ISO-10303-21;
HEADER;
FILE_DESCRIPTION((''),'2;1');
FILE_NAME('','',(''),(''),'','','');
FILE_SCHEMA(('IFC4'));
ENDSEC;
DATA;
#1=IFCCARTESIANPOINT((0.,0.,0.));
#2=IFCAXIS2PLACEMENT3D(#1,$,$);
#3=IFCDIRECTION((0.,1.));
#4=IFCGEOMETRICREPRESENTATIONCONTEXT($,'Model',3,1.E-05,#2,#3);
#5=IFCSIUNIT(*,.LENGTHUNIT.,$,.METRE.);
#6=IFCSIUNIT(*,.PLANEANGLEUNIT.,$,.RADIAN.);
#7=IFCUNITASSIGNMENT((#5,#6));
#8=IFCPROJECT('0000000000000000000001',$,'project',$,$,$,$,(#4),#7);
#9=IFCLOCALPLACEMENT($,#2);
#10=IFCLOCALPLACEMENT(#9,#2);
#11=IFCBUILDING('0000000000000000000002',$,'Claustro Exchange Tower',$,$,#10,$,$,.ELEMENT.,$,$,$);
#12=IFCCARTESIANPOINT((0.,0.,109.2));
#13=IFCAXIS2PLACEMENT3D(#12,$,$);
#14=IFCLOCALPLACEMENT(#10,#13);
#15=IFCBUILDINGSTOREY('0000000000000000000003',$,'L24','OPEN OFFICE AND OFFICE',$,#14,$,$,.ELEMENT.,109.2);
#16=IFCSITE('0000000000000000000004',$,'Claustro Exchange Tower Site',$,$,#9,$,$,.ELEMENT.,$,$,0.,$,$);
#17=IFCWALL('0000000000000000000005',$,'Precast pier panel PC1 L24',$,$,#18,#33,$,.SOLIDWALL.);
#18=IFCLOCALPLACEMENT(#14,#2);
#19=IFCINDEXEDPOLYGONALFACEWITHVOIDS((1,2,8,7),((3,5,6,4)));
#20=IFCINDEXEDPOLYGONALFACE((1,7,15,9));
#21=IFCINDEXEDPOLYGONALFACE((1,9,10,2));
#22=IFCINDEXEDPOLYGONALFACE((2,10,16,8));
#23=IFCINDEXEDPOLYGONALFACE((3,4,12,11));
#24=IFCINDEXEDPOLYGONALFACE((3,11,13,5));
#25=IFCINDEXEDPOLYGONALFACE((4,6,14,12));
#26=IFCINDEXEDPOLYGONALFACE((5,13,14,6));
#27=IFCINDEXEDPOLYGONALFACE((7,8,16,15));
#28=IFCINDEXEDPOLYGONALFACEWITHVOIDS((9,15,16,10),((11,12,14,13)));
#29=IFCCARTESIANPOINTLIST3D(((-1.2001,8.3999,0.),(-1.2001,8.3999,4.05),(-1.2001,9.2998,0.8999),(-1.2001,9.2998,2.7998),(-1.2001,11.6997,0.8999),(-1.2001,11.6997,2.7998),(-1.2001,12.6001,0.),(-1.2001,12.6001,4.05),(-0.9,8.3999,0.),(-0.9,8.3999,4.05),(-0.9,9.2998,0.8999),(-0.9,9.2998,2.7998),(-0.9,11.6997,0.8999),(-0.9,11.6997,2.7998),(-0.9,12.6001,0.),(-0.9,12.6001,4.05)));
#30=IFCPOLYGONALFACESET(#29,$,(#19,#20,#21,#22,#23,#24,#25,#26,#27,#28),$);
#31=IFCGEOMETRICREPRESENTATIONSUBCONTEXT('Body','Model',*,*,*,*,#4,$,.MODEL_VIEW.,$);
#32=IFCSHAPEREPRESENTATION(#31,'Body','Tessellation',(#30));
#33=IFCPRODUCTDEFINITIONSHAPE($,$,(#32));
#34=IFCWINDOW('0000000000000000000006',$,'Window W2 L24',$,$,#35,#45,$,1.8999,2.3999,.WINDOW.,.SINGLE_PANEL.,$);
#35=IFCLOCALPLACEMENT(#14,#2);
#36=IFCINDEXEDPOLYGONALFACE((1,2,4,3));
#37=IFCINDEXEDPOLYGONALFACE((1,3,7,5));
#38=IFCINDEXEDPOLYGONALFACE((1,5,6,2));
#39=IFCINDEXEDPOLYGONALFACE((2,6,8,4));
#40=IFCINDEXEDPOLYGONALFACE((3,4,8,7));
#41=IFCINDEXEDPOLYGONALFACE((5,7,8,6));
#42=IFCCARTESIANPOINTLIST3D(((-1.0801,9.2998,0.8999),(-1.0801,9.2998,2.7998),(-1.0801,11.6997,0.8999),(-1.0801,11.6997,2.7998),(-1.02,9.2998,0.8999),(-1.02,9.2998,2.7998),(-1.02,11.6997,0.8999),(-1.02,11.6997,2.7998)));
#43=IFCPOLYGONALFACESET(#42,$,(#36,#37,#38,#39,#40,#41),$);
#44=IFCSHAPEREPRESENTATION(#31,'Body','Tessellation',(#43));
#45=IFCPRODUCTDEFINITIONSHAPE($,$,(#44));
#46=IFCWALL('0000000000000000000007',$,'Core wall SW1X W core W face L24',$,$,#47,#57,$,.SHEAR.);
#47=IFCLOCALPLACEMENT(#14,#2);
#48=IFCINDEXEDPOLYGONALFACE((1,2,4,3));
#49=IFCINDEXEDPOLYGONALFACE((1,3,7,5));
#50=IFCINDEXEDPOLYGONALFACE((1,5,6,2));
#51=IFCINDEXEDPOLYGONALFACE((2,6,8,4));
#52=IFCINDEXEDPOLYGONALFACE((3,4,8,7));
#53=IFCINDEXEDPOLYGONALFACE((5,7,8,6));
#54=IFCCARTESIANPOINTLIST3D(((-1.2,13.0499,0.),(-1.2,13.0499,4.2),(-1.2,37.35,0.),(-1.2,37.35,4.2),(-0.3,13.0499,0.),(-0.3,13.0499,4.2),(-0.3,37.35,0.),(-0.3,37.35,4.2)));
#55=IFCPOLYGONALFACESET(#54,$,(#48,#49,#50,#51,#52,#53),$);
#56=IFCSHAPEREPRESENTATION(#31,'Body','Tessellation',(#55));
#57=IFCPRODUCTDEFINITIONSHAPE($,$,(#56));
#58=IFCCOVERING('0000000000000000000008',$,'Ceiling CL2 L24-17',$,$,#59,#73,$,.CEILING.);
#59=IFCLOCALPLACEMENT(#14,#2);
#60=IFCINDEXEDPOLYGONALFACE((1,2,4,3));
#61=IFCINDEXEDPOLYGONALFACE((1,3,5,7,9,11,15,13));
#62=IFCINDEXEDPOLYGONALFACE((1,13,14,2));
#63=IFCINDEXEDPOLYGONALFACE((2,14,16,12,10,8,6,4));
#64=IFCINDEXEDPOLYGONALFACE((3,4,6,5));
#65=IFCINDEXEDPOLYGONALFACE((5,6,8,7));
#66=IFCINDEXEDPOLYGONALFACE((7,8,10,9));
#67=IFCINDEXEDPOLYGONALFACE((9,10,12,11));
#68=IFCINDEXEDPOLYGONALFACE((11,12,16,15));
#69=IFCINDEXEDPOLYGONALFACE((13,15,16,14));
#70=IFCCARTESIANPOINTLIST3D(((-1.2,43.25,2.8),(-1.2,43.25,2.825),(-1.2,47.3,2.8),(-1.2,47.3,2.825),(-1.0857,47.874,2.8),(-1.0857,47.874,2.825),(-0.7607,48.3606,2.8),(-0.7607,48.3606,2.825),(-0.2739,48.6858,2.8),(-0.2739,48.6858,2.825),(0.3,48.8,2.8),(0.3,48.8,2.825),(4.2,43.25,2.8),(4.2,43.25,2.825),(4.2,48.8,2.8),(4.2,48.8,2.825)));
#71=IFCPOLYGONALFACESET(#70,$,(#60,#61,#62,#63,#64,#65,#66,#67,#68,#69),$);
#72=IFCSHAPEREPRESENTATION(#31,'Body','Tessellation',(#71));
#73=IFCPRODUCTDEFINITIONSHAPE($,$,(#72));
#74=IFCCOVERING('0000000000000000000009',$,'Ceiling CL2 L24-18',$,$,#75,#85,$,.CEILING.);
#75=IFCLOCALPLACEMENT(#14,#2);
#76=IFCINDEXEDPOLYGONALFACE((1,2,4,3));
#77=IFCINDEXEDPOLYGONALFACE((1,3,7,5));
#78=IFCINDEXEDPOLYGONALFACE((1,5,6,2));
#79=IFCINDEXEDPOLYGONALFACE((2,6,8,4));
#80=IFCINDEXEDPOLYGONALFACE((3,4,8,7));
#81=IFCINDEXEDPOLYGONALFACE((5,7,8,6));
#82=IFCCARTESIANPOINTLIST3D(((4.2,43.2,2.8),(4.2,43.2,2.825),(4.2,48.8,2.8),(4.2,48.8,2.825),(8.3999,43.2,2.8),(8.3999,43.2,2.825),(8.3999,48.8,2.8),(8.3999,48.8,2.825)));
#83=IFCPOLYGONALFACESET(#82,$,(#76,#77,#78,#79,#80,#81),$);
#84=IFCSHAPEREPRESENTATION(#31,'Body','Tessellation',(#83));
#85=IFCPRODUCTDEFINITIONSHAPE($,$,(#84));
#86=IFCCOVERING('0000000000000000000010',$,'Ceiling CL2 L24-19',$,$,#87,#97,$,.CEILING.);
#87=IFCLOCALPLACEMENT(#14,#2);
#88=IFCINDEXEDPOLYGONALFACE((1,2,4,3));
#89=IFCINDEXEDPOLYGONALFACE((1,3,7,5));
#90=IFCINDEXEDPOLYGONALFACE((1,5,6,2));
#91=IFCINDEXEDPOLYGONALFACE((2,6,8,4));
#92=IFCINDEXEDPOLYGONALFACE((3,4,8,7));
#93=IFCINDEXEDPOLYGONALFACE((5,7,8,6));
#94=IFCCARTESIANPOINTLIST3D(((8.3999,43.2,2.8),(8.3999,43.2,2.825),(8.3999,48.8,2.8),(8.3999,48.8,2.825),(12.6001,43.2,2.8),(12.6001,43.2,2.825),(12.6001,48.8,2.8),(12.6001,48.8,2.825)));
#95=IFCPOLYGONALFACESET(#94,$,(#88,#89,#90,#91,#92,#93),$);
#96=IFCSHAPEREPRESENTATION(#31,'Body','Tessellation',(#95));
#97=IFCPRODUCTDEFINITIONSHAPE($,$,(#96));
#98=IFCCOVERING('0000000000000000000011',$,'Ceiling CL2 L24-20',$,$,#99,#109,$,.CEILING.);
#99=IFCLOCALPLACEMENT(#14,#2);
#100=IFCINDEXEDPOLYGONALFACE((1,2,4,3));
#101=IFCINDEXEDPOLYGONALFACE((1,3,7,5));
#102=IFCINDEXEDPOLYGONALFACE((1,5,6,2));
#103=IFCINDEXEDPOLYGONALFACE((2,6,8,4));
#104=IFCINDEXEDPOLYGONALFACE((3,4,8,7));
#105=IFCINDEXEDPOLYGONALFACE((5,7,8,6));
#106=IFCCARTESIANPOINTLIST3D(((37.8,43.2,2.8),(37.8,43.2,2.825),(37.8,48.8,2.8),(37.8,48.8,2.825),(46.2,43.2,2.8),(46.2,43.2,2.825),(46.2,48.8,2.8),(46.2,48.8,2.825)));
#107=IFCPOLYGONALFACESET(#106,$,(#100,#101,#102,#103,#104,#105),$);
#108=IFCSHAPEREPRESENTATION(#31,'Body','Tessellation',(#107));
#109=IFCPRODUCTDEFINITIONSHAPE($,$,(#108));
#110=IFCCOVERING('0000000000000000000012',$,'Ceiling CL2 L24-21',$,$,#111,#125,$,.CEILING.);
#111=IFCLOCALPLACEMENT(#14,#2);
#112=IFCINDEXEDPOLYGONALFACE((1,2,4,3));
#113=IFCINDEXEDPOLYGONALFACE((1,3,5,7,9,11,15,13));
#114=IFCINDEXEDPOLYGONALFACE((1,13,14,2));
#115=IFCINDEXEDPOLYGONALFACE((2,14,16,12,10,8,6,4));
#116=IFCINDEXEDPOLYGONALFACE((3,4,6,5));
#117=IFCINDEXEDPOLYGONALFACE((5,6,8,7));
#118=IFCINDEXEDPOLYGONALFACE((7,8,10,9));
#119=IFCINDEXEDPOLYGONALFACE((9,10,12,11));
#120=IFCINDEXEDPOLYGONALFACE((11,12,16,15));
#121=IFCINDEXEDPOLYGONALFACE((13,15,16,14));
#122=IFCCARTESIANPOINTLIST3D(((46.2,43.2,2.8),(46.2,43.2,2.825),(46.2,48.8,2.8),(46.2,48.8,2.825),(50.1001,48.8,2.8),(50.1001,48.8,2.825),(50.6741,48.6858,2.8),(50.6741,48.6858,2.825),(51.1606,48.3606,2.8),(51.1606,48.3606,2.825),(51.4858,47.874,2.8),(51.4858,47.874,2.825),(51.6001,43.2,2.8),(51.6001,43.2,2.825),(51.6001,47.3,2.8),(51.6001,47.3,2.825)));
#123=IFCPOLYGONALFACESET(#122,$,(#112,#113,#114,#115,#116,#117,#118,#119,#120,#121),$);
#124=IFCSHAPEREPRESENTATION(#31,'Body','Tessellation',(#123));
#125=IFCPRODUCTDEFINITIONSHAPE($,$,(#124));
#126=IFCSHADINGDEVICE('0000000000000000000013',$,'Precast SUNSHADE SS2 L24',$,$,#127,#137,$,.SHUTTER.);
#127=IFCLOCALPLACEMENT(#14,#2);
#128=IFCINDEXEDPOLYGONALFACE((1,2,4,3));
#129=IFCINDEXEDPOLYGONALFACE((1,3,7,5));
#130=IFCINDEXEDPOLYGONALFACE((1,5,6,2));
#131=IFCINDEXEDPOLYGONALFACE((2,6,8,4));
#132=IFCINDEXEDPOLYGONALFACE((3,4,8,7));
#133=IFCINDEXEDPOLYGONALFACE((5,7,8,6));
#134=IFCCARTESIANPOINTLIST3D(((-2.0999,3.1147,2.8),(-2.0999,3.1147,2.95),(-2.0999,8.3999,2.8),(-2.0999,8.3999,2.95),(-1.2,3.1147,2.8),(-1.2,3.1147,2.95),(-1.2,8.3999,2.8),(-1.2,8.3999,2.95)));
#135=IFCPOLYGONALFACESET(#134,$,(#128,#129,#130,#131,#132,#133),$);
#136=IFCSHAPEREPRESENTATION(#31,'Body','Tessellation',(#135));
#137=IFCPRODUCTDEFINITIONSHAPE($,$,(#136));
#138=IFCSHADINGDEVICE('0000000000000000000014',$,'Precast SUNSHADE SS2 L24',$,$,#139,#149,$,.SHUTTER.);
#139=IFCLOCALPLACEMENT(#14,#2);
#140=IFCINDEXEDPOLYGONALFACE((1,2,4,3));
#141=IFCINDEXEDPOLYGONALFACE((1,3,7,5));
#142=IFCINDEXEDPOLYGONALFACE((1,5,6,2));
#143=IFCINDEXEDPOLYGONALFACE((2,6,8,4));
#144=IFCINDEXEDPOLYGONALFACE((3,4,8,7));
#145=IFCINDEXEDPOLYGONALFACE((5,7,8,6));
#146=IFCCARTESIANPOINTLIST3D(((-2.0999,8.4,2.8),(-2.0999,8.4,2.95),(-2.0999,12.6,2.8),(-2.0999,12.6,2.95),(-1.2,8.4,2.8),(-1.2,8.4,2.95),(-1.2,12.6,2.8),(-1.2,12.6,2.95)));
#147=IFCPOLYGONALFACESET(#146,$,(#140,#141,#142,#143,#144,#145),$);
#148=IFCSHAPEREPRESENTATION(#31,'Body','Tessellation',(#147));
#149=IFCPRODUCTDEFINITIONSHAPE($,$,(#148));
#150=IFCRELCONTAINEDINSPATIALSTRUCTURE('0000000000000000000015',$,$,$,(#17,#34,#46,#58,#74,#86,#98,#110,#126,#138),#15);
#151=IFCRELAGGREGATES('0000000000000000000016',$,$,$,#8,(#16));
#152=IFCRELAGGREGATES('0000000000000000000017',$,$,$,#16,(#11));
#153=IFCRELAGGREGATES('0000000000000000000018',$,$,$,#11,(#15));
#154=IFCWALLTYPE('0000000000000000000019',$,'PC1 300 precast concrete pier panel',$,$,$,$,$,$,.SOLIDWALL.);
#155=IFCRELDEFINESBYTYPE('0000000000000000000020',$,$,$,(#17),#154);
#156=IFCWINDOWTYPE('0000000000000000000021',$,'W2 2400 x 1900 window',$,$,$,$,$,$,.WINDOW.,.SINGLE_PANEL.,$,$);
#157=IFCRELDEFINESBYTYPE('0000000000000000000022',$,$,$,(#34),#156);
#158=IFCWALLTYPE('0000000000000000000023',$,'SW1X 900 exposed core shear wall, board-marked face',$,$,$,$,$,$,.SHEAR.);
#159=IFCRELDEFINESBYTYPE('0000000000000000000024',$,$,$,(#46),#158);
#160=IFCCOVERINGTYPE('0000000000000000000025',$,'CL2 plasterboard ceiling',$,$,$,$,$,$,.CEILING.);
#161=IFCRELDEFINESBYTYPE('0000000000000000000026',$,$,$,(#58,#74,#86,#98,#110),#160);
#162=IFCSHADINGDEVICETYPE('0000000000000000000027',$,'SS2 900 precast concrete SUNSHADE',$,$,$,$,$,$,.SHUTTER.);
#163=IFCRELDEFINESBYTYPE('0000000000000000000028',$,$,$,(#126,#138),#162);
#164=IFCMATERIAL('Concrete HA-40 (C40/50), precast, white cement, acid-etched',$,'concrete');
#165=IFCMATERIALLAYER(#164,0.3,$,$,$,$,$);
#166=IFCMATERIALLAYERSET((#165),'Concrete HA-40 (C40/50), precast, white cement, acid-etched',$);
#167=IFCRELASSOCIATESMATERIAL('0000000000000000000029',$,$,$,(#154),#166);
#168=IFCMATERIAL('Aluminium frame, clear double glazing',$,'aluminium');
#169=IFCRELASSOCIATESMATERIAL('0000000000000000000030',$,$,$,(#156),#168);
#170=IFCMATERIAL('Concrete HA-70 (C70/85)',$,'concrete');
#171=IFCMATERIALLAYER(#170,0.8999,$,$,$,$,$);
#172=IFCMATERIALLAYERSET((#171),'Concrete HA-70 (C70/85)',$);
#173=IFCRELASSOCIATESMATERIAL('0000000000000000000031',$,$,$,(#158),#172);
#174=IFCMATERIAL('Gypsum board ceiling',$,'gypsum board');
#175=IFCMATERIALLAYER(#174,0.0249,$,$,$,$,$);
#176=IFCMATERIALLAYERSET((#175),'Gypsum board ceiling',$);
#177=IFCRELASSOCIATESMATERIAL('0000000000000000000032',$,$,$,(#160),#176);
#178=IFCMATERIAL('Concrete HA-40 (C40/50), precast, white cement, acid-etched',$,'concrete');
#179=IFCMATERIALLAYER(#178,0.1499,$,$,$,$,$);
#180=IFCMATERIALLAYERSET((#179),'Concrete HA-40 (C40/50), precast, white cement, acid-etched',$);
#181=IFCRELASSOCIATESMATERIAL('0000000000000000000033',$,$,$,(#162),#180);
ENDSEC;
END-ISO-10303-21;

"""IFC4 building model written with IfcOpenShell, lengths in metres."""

from ifc_helpers import new_model, si_unit, direction, frame, frame_2d, origin, origin_2d, place, context, subcontext, project, spatial, polyline, rectangle, outline, extrude, material, layer, layer_set, type_object, element, fill, save


model = new_model("IFC4")

# Units and contexts
model_context = context("Model", 3, precision=1e-05, world=origin(), true_north=direction((0.0, 1.0)))
body_context = subcontext(model_context, "Body", "Model", "MODEL_VIEW")
ifc_project = project(units=[si_unit("LENGTHUNIT", "METRE"), si_unit("PLANEANGLEUNIT", "RADIAN")], contexts=[model_context])

# Site, building, storey
site_placement = place(None, origin())
site = spatial("IfcSite", under=ifc_project, at=site_placement, Name="Claustro Exchange Tower Site", CompositionType="ELEMENT", RefElevation=0.0)
building_placement = place(site_placement, origin())
building = spatial("IfcBuilding", under=site, at=building_placement, Name="Claustro Exchange Tower", CompositionType="ELEMENT")
storey_placement = place(building_placement, frame((0.0, 0.0, 109.2)))
storey = spatial("IfcBuildingStorey", under=building, at=storey_placement, Name="L24", Description="OPEN OFFICE AND OFFICE", CompositionType="ELEMENT", Elevation=109.2)

# Shared definitions
ifc_material_1 = material(Name="Concrete HA-40 (C40/50), precast, white cement, acid-etched", Category="concrete")
ifc_layer_1 = layer(ifc_material_1, 0.3)
ifc_layer_set_1 = layer_set([ifc_layer_1], Name="Concrete HA-40 (C40/50), precast, white cement, acid-etched")
wall_type_1 = type_object("IfcWallType", Name="PC1 300 precast concrete pier panel", PredefinedType="SOLIDWALL", material=ifc_layer_set_1)

# Wall, opening, window
ifc_material_2 = material(Name="Aluminium frame, clear double glazing", Category="aluminium")
window_type = type_object("IfcWindowType", Name="W2 2400 x 1900 window", PartitioningType="SINGLE_PANEL", PredefinedType="WINDOW", material=ifc_material_2)
wall_1_placement = place(storey_placement, frame((-1.05, 8.3999, 0.0), z_axis=(0.0, 0.0, 1.0), x_axis=(0.0, 1.0, 0.0)))
wall_1 = element("IfcWall", 1, at=wall_1_placement, inside=storey, type_object=wall_type_1, Name="Precast pier panel PC1 L24", PredefinedType="SOLIDWALL", context=body_context, shape_type="SweptSolid", body=[
    extrude(rectangle(XDim=4.2002, YDim=0.3, at=frame_2d((2.1001, 0.0))), origin(), (0.0, 0.0, 1.0), 4.05),
])
opening_1_placement = place(wall_1_placement, frame((0.8999, 0.0, 0.8999)))
opening_1 = element("IfcOpeningElement", 2, at=opening_1_placement, cuts=wall_1, PredefinedType="OPENING", context=body_context, shape_type="SweptSolid", body=[
    extrude(rectangle(XDim=2.3999, YDim=1.8999, at=frame_2d((1.2, 0.95))), frame((0.0, 0.1599, 0.0), z_axis=(0.0, -1.0, 0.0), x_axis=(1.0, 0.0, 0.0)), (0.0, 0.0, 1.0), 0.3201),
])
window_1_placement = place(opening_1_placement, origin())
window_1 = element("IfcWindow", 3, at=window_1_placement, inside=storey, type_object=window_type, Name="Window W2 L24", OverallHeight=1.8999, OverallWidth=2.3999, PartitioningType="SINGLE_PANEL", PredefinedType="WINDOW", context=body_context, shape_type="SweptSolid", body=[
    extrude(rectangle(XDim=2.3999, YDim=1.8999, at=frame_2d((1.2, 0.95))), frame((0.0, 0.03, 0.0), z_axis=(0.0, -1.0, 0.0), x_axis=(1.0, 0.0, 0.0)), (0.0, 0.0, 1.0), 0.0601),
])
fill(opening_1, window_1)

# Wall
ifc_material_3 = material(Name="Concrete HA-70 (C70/85)", Category="concrete")
ifc_layer_2 = layer(ifc_material_3, 0.8999)
ifc_layer_set_2 = layer_set([ifc_layer_2], Name="Concrete HA-70 (C70/85)")
wall_type_2 = type_object("IfcWallType", Name="SW1X 900 exposed core shear wall, board-marked face", PredefinedType="SHEAR", material=ifc_layer_set_2)
wall_2_placement = place(storey_placement, frame((-0.75, 13.05, 0.0), z_axis=(0.0, 0.0, 1.0), x_axis=(0.0, 1.0, 0.0)))
element("IfcWall", 4, at=wall_2_placement, inside=storey, type_object=wall_type_2, Name="Core wall SW1X W core W face L24", PredefinedType="SHEAR", context=body_context, shape_type="SweptSolid", body=[
    extrude(rectangle(XDim=24.3, YDim=0.8999, at=frame_2d((12.1499, 0.0))), origin(), (0.0, 0.0, 1.0), 4.2),
])

# Coverings
ifc_material_4 = material(Name="Gypsum board ceiling", Category="gypsum board")
ifc_layer_3 = layer(ifc_material_4, 0.0249)
ifc_layer_set_3 = layer_set([ifc_layer_3], Name="Gypsum board ceiling")
covering_type = type_object("IfcCoveringType", Name="CL2 plasterboard ceiling", PredefinedType="CEILING", material=ifc_layer_set_3)
covering_1_placement = place(storey_placement, frame((0.0, 0.0, 2.8)))
element("IfcCovering", 5, at=covering_1_placement, inside=storey, type_object=covering_type, Name="Ceiling CL2 L24-17", PredefinedType="CEILING", context=body_context, shape_type="SweptSolid", body=[
    extrude(outline(polyline([(-1.2, 47.3), (-1.2, 43.25), (4.2, 43.25), (4.2, 48.8), (0.3, 48.8), (-0.2739, 48.6858), (-0.7607, 48.3606), (-1.0857, 47.874), (-1.2, 47.3)])), origin(), (0.0, 0.0, 1.0), 0.0249),
])
covering_2_placement = place(storey_placement, frame((0.0, 0.0, 2.8)))
element("IfcCovering", 6, at=covering_2_placement, inside=storey, type_object=covering_type, Name="Ceiling CL2 L24-18", PredefinedType="CEILING", context=body_context, shape_type="SweptSolid", body=[
    extrude(outline(polyline([(8.3999, 48.8), (4.2, 48.8), (4.2, 43.2), (8.3999, 43.2), (8.3999, 48.8)])), origin(), (0.0, 0.0, 1.0), 0.0249),
])
covering_3_placement = place(storey_placement, frame((0.0, 0.0, 2.8)))
element("IfcCovering", 7, at=covering_3_placement, inside=storey, type_object=covering_type, Name="Ceiling CL2 L24-19", PredefinedType="CEILING", context=body_context, shape_type="SweptSolid", body=[
    extrude(outline(polyline([(12.6001, 48.8), (8.3999, 48.8), (8.3999, 43.2), (12.6001, 43.2), (12.6001, 48.8)])), origin(), (0.0, 0.0, 1.0), 0.0249),
])
covering_4_placement = place(storey_placement, frame((0.0, 0.0, 2.8)))
element("IfcCovering", 8, at=covering_4_placement, inside=storey, type_object=covering_type, Name="Ceiling CL2 L24-20", PredefinedType="CEILING", context=body_context, shape_type="SweptSolid", body=[
    extrude(outline(polyline([(46.2, 48.8), (37.8, 48.8), (37.8, 43.2), (46.2, 43.2), (46.2, 48.8)])), origin(), (0.0, 0.0, 1.0), 0.0249),
])
covering_5_placement = place(storey_placement, frame((0.0, 0.0, 2.8)))
element("IfcCovering", 9, at=covering_5_placement, inside=storey, type_object=covering_type, Name="Ceiling CL2 L24-21", PredefinedType="CEILING", context=body_context, shape_type="SweptSolid", body=[
    extrude(outline(polyline([(50.1001, 48.8), (46.2, 48.8), (46.2, 43.2), (51.6001, 43.2), (51.6001, 47.3), (51.4858, 47.874), (51.1606, 48.3606), (50.6741, 48.6858), (50.1001, 48.8)])), origin(), (0.0, 0.0, 1.0), 0.0249),
])

# Shading devices
ifc_material_5 = material(Name="Concrete HA-40 (C40/50), precast, white cement, acid-etched", Category="concrete")
ifc_layer_4 = layer(ifc_material_5, 0.1499)
ifc_layer_set_4 = layer_set([ifc_layer_4], Name="Concrete HA-40 (C40/50), precast, white cement, acid-etched")
shading_device_type = type_object("IfcShadingDeviceType", Name="SS2 900 precast concrete SUNSHADE", PredefinedType="SHUTTER", material=ifc_layer_set_4)
shading_device_1_placement = place(storey_placement, frame((-1.6499, 5.7573, 2.8), z_axis=(0.0, 0.0, 1.0), x_axis=(0.0, 1.0, 0.0)))
element("IfcShadingDevice", 10, at=shading_device_1_placement, inside=storey, type_object=shading_device_type, Name="Precast SUNSHADE SS2 L24", PredefinedType="SHUTTER", context=body_context, shape_type="SweptSolid", body=[
    extrude(rectangle(XDim=5.2852, YDim=0.8999, at=origin_2d()), origin(), (0.0, 0.0, 1.0), 0.1499),
])
shading_device_2_placement = place(storey_placement, frame((-1.6499, 10.5, 2.8), z_axis=(0.0, 0.0, 1.0), x_axis=(0.0, 1.0, 0.0)))
element("IfcShadingDevice", 11, at=shading_device_2_placement, inside=storey, type_object=shading_device_type, Name="Precast SUNSHADE SS2 L24", PredefinedType="SHUTTER", context=body_context, shape_type="SweptSolid", body=[
    extrude(rectangle(XDim=4.2, YDim=0.8999, at=origin_2d()), origin(), (0.0, 0.0, 1.0), 0.1499),
])

save(model, "model.ifc")
